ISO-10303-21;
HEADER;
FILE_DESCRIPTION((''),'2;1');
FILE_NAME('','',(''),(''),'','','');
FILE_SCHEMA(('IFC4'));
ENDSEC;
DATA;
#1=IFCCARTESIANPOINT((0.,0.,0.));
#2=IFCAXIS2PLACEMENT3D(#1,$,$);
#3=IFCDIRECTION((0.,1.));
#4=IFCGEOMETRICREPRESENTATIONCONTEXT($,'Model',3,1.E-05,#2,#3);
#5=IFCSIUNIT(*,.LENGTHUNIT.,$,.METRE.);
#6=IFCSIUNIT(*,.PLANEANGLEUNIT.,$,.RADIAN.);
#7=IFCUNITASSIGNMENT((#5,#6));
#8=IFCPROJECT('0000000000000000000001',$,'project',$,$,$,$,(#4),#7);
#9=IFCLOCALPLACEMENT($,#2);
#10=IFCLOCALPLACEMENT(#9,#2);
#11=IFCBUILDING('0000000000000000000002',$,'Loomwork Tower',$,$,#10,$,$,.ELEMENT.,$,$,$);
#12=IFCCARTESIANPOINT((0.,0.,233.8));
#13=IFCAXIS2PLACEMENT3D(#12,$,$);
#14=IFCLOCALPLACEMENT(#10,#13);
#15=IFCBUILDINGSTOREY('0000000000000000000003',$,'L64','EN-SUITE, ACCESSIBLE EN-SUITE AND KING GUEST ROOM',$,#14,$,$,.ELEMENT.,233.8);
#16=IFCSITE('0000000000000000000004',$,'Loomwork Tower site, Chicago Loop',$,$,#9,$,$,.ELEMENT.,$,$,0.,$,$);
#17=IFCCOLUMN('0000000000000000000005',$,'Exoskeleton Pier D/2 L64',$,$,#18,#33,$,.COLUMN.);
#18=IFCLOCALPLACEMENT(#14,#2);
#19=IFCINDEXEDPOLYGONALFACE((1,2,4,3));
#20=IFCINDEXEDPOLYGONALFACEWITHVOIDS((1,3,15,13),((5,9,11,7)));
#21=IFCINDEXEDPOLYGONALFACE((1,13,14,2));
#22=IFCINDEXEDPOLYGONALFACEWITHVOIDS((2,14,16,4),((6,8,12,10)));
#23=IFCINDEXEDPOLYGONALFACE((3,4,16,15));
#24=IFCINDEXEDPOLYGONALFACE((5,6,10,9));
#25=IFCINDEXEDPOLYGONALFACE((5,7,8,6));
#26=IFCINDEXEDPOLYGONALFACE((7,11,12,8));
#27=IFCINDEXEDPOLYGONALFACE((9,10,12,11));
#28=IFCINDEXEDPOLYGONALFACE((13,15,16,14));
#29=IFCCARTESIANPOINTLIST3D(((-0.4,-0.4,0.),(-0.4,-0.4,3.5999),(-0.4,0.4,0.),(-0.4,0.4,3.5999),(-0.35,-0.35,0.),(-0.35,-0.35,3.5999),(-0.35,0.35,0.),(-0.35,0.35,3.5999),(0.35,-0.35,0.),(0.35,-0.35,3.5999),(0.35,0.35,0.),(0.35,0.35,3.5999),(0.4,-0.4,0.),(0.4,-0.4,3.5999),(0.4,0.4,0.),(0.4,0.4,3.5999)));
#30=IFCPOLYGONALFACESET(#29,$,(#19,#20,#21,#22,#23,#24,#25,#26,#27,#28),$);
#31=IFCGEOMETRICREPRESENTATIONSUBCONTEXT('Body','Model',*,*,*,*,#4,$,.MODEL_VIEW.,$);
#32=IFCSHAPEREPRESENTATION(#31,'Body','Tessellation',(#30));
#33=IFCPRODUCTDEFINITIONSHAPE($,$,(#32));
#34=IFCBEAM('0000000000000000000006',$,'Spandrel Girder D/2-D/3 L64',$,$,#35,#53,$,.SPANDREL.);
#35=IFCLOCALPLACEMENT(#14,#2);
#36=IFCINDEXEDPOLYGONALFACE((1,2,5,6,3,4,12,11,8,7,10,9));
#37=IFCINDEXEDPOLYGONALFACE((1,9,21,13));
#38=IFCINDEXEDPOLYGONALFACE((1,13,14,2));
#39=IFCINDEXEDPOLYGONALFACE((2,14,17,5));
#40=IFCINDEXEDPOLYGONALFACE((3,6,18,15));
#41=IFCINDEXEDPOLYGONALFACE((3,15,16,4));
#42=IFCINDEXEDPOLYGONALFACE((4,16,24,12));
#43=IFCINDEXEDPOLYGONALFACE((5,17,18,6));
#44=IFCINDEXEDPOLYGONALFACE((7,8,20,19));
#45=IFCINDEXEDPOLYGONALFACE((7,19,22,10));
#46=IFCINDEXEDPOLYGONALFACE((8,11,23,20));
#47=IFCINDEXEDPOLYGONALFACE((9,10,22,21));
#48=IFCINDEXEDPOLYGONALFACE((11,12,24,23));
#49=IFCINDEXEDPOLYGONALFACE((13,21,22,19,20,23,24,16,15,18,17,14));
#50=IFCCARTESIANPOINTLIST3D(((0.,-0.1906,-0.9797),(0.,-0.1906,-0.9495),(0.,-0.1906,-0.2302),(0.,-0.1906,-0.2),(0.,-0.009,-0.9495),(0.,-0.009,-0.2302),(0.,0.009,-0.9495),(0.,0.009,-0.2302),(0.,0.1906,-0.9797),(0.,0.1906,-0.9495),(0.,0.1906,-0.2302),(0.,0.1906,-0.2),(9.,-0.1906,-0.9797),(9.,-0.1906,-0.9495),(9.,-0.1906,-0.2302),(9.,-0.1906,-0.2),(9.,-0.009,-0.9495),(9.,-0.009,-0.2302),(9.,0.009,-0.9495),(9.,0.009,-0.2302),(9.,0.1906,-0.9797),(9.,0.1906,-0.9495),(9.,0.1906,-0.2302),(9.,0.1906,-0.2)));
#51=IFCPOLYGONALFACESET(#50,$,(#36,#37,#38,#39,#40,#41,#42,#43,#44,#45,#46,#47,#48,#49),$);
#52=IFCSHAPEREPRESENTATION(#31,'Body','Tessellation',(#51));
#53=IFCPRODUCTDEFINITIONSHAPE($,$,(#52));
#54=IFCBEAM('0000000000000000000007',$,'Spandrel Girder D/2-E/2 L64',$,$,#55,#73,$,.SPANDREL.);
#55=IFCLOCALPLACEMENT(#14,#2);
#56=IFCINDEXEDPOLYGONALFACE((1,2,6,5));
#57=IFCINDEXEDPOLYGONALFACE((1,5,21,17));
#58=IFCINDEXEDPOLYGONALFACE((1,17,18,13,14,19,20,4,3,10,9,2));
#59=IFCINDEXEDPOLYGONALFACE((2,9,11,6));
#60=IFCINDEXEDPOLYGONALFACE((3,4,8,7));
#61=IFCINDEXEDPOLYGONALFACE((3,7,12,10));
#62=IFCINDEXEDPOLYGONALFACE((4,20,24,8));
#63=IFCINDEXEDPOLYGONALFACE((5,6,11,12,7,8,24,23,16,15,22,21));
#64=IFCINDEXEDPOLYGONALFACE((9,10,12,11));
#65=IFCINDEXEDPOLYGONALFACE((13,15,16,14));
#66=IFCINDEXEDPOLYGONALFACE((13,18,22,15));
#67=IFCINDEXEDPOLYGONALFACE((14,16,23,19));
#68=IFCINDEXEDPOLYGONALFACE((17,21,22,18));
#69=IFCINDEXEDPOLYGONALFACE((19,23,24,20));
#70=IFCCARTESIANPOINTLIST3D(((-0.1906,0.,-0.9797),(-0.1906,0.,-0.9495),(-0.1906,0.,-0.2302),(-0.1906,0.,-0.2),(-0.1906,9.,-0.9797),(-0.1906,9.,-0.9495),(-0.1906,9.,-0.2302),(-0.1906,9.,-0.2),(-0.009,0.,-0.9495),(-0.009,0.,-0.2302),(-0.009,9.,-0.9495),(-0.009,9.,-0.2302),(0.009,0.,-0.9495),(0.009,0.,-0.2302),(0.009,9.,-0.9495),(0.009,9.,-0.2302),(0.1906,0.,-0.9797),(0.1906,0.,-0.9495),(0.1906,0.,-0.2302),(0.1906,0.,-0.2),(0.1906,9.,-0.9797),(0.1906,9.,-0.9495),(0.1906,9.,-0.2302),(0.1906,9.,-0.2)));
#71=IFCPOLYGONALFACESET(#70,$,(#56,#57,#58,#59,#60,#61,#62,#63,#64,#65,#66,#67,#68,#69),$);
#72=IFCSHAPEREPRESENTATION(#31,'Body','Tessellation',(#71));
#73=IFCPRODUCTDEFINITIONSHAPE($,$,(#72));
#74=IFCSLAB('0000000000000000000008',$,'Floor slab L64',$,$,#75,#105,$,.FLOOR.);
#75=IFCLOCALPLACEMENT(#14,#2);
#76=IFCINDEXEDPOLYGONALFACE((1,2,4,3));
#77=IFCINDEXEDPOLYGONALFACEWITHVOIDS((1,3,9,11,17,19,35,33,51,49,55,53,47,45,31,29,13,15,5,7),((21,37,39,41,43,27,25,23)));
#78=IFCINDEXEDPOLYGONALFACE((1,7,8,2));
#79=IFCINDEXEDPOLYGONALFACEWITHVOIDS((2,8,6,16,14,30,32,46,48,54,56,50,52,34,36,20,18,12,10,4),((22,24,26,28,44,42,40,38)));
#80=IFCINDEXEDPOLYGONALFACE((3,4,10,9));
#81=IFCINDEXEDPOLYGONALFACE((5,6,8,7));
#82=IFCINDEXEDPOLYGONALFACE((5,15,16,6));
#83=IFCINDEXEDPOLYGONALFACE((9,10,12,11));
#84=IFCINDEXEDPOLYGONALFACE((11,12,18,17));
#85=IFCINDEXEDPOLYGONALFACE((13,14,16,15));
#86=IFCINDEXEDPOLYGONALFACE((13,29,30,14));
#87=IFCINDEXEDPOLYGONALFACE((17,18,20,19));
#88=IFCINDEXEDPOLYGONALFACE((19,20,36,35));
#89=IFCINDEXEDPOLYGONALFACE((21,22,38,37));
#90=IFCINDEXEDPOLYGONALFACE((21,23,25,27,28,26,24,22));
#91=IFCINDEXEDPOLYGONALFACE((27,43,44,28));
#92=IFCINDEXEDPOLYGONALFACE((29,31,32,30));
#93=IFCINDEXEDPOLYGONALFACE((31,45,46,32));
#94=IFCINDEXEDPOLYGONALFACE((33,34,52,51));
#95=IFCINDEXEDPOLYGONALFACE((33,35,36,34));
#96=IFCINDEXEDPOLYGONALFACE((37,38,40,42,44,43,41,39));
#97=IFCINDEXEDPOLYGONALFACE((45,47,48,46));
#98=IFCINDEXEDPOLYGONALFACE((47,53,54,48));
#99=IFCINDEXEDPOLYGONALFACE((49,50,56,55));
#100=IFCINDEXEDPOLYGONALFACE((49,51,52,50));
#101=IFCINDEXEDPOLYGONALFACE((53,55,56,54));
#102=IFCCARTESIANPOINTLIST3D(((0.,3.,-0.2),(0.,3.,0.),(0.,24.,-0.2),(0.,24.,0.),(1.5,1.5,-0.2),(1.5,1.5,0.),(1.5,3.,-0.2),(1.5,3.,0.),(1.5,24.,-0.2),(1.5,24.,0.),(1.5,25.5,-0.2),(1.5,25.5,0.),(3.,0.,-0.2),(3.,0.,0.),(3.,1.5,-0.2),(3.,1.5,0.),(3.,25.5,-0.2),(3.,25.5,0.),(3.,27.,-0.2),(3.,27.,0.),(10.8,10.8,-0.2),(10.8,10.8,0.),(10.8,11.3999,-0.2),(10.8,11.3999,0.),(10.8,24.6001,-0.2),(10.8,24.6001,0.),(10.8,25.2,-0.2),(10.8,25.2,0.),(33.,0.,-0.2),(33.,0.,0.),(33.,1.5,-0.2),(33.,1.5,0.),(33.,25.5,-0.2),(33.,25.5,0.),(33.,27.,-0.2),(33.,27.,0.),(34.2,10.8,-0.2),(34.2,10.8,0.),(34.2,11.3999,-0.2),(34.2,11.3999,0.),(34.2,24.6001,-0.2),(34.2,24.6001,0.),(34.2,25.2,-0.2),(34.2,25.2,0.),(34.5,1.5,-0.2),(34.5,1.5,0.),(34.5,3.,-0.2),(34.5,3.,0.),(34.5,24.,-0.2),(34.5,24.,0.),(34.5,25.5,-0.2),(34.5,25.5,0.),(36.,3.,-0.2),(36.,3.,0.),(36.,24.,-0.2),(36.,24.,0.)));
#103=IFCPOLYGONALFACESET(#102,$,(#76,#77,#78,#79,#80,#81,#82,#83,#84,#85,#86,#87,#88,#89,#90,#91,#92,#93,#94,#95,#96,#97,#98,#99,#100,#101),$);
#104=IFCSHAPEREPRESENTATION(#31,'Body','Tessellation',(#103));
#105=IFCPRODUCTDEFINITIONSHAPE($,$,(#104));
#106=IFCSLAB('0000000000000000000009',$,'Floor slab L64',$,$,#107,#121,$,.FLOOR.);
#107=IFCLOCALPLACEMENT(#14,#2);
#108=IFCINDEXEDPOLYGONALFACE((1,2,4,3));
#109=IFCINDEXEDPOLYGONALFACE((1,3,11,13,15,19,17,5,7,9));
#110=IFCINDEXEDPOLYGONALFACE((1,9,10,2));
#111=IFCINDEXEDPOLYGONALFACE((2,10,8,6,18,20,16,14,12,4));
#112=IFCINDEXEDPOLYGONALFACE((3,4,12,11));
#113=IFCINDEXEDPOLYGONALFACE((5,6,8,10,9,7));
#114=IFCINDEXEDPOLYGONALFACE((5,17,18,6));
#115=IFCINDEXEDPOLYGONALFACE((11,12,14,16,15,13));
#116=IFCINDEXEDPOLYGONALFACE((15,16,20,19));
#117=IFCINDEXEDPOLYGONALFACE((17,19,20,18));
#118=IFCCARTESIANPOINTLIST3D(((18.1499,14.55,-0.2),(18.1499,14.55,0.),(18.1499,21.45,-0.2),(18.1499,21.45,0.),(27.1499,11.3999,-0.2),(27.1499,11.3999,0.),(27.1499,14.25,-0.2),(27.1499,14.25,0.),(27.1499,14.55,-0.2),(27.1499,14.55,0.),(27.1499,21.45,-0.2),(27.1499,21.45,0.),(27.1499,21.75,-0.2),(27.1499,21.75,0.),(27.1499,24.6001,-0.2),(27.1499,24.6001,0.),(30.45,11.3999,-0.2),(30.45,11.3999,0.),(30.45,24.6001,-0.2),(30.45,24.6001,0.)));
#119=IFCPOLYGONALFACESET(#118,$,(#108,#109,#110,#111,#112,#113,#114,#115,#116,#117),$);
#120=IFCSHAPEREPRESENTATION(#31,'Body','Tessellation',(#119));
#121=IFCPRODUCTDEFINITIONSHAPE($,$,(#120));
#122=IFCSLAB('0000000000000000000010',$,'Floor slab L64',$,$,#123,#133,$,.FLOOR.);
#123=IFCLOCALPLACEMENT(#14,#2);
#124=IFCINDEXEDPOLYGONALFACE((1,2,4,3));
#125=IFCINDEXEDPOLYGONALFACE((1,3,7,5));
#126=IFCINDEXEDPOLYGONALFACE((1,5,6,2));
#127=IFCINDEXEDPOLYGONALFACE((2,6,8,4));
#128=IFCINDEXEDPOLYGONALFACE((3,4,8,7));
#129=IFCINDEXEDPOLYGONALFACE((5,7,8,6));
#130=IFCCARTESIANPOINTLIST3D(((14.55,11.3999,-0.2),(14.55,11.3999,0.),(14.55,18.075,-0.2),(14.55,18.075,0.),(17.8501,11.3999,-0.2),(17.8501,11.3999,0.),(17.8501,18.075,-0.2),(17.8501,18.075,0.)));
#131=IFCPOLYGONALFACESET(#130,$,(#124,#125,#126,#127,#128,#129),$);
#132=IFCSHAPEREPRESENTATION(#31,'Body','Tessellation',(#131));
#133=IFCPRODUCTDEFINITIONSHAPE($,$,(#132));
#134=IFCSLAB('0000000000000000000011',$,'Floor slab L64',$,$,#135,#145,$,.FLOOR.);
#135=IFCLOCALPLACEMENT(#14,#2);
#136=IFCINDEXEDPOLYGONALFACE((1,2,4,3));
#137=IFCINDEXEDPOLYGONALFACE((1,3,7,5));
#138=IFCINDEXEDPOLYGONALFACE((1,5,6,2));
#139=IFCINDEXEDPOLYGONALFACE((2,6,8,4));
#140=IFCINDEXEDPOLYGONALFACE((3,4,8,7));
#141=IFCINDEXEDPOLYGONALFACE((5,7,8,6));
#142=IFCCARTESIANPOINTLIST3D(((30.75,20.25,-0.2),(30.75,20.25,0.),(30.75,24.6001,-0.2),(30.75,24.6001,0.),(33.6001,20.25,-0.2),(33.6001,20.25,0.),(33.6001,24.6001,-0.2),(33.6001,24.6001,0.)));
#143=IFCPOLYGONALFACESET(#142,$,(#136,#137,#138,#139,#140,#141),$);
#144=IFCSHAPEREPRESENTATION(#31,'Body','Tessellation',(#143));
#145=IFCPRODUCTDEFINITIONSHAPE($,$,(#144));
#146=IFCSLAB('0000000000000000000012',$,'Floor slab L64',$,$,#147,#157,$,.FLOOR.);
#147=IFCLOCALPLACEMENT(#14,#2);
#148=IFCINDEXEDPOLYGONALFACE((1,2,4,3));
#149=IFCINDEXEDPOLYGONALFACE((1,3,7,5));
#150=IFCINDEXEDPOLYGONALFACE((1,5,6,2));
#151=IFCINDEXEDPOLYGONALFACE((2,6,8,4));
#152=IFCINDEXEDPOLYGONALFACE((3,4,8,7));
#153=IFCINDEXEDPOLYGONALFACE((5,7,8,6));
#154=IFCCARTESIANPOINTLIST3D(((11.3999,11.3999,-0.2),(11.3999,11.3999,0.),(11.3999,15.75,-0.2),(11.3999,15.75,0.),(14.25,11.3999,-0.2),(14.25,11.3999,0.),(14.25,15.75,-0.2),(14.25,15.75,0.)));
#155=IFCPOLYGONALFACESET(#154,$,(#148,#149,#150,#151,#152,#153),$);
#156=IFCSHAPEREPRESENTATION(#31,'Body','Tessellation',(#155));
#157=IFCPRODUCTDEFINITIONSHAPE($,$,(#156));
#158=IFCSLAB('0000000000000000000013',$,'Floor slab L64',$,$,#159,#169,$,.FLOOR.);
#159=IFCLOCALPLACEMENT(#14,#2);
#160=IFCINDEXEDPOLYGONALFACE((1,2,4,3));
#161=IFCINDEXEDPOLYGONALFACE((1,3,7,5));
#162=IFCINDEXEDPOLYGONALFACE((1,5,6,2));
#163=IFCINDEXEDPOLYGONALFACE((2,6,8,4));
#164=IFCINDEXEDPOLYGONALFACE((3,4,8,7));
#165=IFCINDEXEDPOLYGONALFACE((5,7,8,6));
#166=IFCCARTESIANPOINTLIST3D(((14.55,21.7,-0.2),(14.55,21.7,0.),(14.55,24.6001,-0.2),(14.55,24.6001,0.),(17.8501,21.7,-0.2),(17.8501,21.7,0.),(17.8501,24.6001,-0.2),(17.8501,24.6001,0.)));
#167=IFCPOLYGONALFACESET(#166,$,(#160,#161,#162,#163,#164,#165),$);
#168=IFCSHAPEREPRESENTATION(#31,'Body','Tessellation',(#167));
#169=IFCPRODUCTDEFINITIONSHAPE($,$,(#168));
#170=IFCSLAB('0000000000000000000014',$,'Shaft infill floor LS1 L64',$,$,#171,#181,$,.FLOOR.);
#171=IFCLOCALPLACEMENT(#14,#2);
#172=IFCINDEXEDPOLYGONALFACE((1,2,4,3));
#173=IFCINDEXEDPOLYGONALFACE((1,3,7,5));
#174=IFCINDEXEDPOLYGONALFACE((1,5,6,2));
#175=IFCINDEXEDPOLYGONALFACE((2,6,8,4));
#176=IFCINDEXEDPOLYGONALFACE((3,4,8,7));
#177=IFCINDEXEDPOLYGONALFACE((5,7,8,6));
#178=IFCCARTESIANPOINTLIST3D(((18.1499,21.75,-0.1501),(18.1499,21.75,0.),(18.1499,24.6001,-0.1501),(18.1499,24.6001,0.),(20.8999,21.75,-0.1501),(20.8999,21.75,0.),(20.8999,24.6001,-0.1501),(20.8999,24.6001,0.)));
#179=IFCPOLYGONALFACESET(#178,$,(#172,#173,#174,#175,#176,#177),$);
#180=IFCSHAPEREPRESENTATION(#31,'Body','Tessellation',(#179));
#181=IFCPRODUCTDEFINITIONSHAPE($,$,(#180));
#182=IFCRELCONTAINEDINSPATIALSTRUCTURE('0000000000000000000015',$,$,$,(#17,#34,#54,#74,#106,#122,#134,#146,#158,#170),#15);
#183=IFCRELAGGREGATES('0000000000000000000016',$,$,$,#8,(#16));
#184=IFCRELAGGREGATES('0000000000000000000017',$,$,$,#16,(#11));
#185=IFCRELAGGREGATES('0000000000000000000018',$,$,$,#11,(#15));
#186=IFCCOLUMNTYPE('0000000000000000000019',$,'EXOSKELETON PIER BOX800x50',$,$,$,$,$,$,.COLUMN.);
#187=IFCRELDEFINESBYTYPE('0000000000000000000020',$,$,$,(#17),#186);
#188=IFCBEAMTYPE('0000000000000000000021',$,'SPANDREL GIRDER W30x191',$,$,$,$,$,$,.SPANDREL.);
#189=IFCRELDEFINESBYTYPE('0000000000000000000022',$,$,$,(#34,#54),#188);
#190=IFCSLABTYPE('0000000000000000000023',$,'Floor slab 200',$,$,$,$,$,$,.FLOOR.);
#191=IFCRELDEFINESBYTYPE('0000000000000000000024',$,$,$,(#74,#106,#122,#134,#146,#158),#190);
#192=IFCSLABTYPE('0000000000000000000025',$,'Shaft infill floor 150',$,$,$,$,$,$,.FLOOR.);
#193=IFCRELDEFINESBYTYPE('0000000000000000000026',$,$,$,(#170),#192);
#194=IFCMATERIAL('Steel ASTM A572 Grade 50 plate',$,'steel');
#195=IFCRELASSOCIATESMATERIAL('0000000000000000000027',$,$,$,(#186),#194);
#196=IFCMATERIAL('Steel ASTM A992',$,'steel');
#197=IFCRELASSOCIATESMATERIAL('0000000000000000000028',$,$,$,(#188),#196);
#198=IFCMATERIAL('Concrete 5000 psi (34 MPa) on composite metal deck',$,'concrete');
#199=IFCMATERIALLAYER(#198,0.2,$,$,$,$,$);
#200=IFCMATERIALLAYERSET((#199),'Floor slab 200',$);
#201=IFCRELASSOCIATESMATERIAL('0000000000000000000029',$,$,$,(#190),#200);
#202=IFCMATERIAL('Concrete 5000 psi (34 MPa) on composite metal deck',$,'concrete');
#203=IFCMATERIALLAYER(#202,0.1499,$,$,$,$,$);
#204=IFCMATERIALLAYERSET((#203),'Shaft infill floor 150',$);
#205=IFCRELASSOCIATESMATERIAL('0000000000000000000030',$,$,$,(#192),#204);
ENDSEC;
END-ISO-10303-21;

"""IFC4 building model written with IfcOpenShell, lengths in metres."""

from ifc_helpers import new_model, si_unit, direction, frame, origin, origin_with_axes, origin_2d, place, context, subcontext, project, spatial, polyline, hollow_rectangle, i_section, outline, extrude, material, layer, layer_set, material_profile, profile_set, type_object, element, save


model = new_model("IFC4")

# Units and contexts
model_context = context("Model", 3, precision=1e-05, world=origin(), true_north=direction((0.0, 1.0)))
body_context = subcontext(model_context, "Body", "Model", "MODEL_VIEW")
ifc_project = project(units=[si_unit("LENGTHUNIT", "METRE"), si_unit("PLANEANGLEUNIT", "RADIAN")], contexts=[model_context])

# Site, building, storey
site_placement = place(None, origin())
site = spatial("IfcSite", under=ifc_project, at=site_placement, Name="Loomwork Tower site, Chicago Loop", CompositionType="ELEMENT", RefElevation=0.0)
building_placement = place(site_placement, origin())
building = spatial("IfcBuilding", under=site, at=building_placement, Name="Loomwork Tower", CompositionType="ELEMENT")
storey_placement = place(building_placement, frame((0.0, 0.0, 233.8)))
storey = spatial("IfcBuildingStorey", under=building, at=storey_placement, Name="L64", Description="EN-SUITE, ACCESSIBLE EN-SUITE AND KING GUEST ROOM", CompositionType="ELEMENT", Elevation=233.8)

# Column
ifc_material_1 = material(Name="Steel ASTM A572 Grade 50 plate", Category="steel")
ifc_material_profile_1 = material_profile(ifc_material_1, hollow_rectangle(XDim=0.8, YDim=0.8, WallThickness=0.05, at=origin_2d()), Name="BOX800x50")
ifc_profile_set_1 = profile_set([ifc_material_profile_1], Name="Steel ASTM A572 Grade 50 plate")
column_type = type_object("IfcColumnType", Name="EXOSKELETON PIER BOX800x50", PredefinedType="COLUMN", material=ifc_profile_set_1)
column_placement = place(storey_placement, origin_with_axes())
element("IfcColumn", 1, at=column_placement, inside=storey, type_object=column_type, Name="Exoskeleton Pier D/2 L64", PredefinedType="COLUMN", context=body_context, shape_type="SweptSolid", body=[
    extrude(hollow_rectangle(XDim=0.8, YDim=0.8, WallThickness=0.05, at=origin_2d()), origin(), (0.0, 0.0, 1.0), 3.5999),
])

# Beams
ifc_material_2 = material(Name="Steel ASTM A992", Category="steel")
ifc_material_profile_2 = material_profile(ifc_material_2, i_section(OverallWidth=0.3811, OverallDepth=0.7798, WebThickness=0.0181, FlangeThickness=0.0303, at=origin_2d()), Name="W30x191")
ifc_profile_set_2 = profile_set([ifc_material_profile_2], Name="Steel ASTM A992")
beam_type = type_object("IfcBeamType", Name="SPANDREL GIRDER W30x191", PredefinedType="SPANDREL", material=ifc_profile_set_2)
for number, where, z_axis, x_axis, name in (
    (2, (0.0, 0.0, -0.5898), (1.0, 0.0, 0.0), (0.0, 1.0, 0.0), "Spandrel Girder D/2-D/3 L64"),
    (3, (0.0, 0.0, -0.5898), (0.0, 1.0, 0.0), (-1.0, 0.0, 0.0), "Spandrel Girder D/2-E/2 L64"),
):
    element("IfcBeam", number, at=place(storey_placement, frame(where, z_axis=z_axis, x_axis=x_axis)), inside=storey, type_object=beam_type, Name=name, PredefinedType="SPANDREL", context=body_context, shape_type="SweptSolid", body=[
        extrude(i_section(OverallWidth=0.3811, OverallDepth=0.7798, WebThickness=0.0181, FlangeThickness=0.0303, at=origin_2d()), origin(), (0.0, 0.0, 1.0), 9.0),
    ])

# Slabs
ifc_material_3 = material(Name="Concrete 5000 psi (34 MPa) on composite metal deck", Category="concrete")
ifc_layer_1 = layer(ifc_material_3, 0.2)
ifc_layer_set_1 = layer_set([ifc_layer_1], Name="Floor slab 200")
slab_type_1 = type_object("IfcSlabType", Name="Floor slab 200", PredefinedType="FLOOR", material=ifc_layer_set_1)
slab_1_placement = place(storey_placement, frame((0.0, 0.0, -0.2)))
element("IfcSlab", 4, at=slab_1_placement, inside=storey, type_object=slab_type_1, Name="Floor slab L64", PredefinedType="FLOOR", context=body_context, shape_type="SweptSolid", body=[
    extrude(outline(polyline([(3.0, 1.5), (1.5, 1.5), (1.5, 3.0), (0.0, 3.0), (0.0, 24.0), (1.5, 24.0), (1.5, 25.5), (3.0, 25.5), (3.0, 27.0), (33.0, 27.0), (33.0, 25.5), (34.5, 25.5), (34.5, 24.0), (36.0, 24.0), (36.0, 3.0), (34.5, 3.0), (34.5, 1.5), (33.0, 1.5), (33.0, 0.0), (3.0, 0.0), (3.0, 1.5)]), holes=[polyline([(10.8, 11.3999), (10.8, 11.3999), (10.8, 10.8), (34.2, 10.8), (34.2, 11.3999), (34.2, 11.3999), (34.2, 24.6001), (34.2, 25.2), (10.8, 25.2), (10.8, 24.6001), (10.8, 11.3999)])]), origin(), (0.0, 0.0, 1.0), 0.2),
])
slab_2_placement = place(storey_placement, frame((0.0, 0.0, -0.2)))
element("IfcSlab", 5, at=slab_2_placement, inside=storey, type_object=slab_type_1, Name="Floor slab L64", PredefinedType="FLOOR", context=body_context, shape_type="SweptSolid", body=[
    extrude(outline(polyline([(30.45, 24.6001), (30.45, 11.3999), (27.1499, 11.3999), (27.1499, 14.25), (27.1499, 14.55), (18.1499, 14.55), (18.1499, 21.45), (27.1499, 21.45), (27.1499, 21.75), (27.1499, 24.6001), (30.45, 24.6001)])), origin(), (0.0, 0.0, 1.0), 0.2),
])
slab_3_placement = place(storey_placement, frame((0.0, 0.0, -0.2)))
element("IfcSlab", 6, at=slab_3_placement, inside=storey, type_object=slab_type_1, Name="Floor slab L64", PredefinedType="FLOOR", context=body_context, shape_type="SweptSolid", body=[
    extrude(outline(polyline([(14.55, 11.3999), (14.55, 18.075), (17.8501, 18.075), (17.8501, 11.3999), (14.55, 11.3999)])), origin(), (0.0, 0.0, 1.0), 0.2),
])
slab_4_placement = place(storey_placement, frame((0.0, 0.0, -0.2)))
element("IfcSlab", 7, at=slab_4_placement, inside=storey, type_object=slab_type_1, Name="Floor slab L64", PredefinedType="FLOOR", context=body_context, shape_type="SweptSolid", body=[
    extrude(outline(polyline([(33.6001, 20.25), (30.75, 20.25), (30.75, 24.6001), (33.6001, 24.6001), (33.6001, 20.25)])), origin(), (0.0, 0.0, 1.0), 0.2),
])
slab_5_placement = place(storey_placement, frame((0.0, 0.0, -0.2)))
element("IfcSlab", 8, at=slab_5_placement, inside=storey, type_object=slab_type_1, Name="Floor slab L64", PredefinedType="FLOOR", context=body_context, shape_type="SweptSolid", body=[
    extrude(outline(polyline([(14.25, 15.75), (14.25, 11.3999), (11.3999, 11.3999), (11.3999, 15.75), (14.25, 15.75)])), origin(), (0.0, 0.0, 1.0), 0.2),
])
slab_6_placement = place(storey_placement, frame((0.0, 0.0, -0.2)))
element("IfcSlab", 9, at=slab_6_placement, inside=storey, type_object=slab_type_1, Name="Floor slab L64", PredefinedType="FLOOR", context=body_context, shape_type="SweptSolid", body=[
    extrude(outline(polyline([(14.55, 21.7), (14.55, 24.6001), (17.8501, 24.6001), (17.8501, 21.7), (14.55, 21.7)])), origin(), (0.0, 0.0, 1.0), 0.2),
])
ifc_material_4 = material(Name="Concrete 5000 psi (34 MPa) on composite metal deck", Category="concrete")
ifc_layer_2 = layer(ifc_material_4, 0.1499)
ifc_layer_set_2 = layer_set([ifc_layer_2], Name="Shaft infill floor 150")
slab_type_2 = type_object("IfcSlabType", Name="Shaft infill floor 150", PredefinedType="FLOOR", material=ifc_layer_set_2)
slab_7_placement = place(storey_placement, frame((0.0, 0.0, -0.1501)))
element("IfcSlab", 10, at=slab_7_placement, inside=storey, type_object=slab_type_2, Name="Shaft infill floor LS1 L64", PredefinedType="FLOOR", context=body_context, shape_type="SweptSolid", body=[
    extrude(outline(polyline([(18.1499, 21.75), (20.8999, 21.75), (20.8999, 24.6001), (18.1499, 24.6001), (18.1499, 21.75)])), origin(), (0.0, 0.0, 1.0), 0.1501),
])

save(model, "model.ifc")
